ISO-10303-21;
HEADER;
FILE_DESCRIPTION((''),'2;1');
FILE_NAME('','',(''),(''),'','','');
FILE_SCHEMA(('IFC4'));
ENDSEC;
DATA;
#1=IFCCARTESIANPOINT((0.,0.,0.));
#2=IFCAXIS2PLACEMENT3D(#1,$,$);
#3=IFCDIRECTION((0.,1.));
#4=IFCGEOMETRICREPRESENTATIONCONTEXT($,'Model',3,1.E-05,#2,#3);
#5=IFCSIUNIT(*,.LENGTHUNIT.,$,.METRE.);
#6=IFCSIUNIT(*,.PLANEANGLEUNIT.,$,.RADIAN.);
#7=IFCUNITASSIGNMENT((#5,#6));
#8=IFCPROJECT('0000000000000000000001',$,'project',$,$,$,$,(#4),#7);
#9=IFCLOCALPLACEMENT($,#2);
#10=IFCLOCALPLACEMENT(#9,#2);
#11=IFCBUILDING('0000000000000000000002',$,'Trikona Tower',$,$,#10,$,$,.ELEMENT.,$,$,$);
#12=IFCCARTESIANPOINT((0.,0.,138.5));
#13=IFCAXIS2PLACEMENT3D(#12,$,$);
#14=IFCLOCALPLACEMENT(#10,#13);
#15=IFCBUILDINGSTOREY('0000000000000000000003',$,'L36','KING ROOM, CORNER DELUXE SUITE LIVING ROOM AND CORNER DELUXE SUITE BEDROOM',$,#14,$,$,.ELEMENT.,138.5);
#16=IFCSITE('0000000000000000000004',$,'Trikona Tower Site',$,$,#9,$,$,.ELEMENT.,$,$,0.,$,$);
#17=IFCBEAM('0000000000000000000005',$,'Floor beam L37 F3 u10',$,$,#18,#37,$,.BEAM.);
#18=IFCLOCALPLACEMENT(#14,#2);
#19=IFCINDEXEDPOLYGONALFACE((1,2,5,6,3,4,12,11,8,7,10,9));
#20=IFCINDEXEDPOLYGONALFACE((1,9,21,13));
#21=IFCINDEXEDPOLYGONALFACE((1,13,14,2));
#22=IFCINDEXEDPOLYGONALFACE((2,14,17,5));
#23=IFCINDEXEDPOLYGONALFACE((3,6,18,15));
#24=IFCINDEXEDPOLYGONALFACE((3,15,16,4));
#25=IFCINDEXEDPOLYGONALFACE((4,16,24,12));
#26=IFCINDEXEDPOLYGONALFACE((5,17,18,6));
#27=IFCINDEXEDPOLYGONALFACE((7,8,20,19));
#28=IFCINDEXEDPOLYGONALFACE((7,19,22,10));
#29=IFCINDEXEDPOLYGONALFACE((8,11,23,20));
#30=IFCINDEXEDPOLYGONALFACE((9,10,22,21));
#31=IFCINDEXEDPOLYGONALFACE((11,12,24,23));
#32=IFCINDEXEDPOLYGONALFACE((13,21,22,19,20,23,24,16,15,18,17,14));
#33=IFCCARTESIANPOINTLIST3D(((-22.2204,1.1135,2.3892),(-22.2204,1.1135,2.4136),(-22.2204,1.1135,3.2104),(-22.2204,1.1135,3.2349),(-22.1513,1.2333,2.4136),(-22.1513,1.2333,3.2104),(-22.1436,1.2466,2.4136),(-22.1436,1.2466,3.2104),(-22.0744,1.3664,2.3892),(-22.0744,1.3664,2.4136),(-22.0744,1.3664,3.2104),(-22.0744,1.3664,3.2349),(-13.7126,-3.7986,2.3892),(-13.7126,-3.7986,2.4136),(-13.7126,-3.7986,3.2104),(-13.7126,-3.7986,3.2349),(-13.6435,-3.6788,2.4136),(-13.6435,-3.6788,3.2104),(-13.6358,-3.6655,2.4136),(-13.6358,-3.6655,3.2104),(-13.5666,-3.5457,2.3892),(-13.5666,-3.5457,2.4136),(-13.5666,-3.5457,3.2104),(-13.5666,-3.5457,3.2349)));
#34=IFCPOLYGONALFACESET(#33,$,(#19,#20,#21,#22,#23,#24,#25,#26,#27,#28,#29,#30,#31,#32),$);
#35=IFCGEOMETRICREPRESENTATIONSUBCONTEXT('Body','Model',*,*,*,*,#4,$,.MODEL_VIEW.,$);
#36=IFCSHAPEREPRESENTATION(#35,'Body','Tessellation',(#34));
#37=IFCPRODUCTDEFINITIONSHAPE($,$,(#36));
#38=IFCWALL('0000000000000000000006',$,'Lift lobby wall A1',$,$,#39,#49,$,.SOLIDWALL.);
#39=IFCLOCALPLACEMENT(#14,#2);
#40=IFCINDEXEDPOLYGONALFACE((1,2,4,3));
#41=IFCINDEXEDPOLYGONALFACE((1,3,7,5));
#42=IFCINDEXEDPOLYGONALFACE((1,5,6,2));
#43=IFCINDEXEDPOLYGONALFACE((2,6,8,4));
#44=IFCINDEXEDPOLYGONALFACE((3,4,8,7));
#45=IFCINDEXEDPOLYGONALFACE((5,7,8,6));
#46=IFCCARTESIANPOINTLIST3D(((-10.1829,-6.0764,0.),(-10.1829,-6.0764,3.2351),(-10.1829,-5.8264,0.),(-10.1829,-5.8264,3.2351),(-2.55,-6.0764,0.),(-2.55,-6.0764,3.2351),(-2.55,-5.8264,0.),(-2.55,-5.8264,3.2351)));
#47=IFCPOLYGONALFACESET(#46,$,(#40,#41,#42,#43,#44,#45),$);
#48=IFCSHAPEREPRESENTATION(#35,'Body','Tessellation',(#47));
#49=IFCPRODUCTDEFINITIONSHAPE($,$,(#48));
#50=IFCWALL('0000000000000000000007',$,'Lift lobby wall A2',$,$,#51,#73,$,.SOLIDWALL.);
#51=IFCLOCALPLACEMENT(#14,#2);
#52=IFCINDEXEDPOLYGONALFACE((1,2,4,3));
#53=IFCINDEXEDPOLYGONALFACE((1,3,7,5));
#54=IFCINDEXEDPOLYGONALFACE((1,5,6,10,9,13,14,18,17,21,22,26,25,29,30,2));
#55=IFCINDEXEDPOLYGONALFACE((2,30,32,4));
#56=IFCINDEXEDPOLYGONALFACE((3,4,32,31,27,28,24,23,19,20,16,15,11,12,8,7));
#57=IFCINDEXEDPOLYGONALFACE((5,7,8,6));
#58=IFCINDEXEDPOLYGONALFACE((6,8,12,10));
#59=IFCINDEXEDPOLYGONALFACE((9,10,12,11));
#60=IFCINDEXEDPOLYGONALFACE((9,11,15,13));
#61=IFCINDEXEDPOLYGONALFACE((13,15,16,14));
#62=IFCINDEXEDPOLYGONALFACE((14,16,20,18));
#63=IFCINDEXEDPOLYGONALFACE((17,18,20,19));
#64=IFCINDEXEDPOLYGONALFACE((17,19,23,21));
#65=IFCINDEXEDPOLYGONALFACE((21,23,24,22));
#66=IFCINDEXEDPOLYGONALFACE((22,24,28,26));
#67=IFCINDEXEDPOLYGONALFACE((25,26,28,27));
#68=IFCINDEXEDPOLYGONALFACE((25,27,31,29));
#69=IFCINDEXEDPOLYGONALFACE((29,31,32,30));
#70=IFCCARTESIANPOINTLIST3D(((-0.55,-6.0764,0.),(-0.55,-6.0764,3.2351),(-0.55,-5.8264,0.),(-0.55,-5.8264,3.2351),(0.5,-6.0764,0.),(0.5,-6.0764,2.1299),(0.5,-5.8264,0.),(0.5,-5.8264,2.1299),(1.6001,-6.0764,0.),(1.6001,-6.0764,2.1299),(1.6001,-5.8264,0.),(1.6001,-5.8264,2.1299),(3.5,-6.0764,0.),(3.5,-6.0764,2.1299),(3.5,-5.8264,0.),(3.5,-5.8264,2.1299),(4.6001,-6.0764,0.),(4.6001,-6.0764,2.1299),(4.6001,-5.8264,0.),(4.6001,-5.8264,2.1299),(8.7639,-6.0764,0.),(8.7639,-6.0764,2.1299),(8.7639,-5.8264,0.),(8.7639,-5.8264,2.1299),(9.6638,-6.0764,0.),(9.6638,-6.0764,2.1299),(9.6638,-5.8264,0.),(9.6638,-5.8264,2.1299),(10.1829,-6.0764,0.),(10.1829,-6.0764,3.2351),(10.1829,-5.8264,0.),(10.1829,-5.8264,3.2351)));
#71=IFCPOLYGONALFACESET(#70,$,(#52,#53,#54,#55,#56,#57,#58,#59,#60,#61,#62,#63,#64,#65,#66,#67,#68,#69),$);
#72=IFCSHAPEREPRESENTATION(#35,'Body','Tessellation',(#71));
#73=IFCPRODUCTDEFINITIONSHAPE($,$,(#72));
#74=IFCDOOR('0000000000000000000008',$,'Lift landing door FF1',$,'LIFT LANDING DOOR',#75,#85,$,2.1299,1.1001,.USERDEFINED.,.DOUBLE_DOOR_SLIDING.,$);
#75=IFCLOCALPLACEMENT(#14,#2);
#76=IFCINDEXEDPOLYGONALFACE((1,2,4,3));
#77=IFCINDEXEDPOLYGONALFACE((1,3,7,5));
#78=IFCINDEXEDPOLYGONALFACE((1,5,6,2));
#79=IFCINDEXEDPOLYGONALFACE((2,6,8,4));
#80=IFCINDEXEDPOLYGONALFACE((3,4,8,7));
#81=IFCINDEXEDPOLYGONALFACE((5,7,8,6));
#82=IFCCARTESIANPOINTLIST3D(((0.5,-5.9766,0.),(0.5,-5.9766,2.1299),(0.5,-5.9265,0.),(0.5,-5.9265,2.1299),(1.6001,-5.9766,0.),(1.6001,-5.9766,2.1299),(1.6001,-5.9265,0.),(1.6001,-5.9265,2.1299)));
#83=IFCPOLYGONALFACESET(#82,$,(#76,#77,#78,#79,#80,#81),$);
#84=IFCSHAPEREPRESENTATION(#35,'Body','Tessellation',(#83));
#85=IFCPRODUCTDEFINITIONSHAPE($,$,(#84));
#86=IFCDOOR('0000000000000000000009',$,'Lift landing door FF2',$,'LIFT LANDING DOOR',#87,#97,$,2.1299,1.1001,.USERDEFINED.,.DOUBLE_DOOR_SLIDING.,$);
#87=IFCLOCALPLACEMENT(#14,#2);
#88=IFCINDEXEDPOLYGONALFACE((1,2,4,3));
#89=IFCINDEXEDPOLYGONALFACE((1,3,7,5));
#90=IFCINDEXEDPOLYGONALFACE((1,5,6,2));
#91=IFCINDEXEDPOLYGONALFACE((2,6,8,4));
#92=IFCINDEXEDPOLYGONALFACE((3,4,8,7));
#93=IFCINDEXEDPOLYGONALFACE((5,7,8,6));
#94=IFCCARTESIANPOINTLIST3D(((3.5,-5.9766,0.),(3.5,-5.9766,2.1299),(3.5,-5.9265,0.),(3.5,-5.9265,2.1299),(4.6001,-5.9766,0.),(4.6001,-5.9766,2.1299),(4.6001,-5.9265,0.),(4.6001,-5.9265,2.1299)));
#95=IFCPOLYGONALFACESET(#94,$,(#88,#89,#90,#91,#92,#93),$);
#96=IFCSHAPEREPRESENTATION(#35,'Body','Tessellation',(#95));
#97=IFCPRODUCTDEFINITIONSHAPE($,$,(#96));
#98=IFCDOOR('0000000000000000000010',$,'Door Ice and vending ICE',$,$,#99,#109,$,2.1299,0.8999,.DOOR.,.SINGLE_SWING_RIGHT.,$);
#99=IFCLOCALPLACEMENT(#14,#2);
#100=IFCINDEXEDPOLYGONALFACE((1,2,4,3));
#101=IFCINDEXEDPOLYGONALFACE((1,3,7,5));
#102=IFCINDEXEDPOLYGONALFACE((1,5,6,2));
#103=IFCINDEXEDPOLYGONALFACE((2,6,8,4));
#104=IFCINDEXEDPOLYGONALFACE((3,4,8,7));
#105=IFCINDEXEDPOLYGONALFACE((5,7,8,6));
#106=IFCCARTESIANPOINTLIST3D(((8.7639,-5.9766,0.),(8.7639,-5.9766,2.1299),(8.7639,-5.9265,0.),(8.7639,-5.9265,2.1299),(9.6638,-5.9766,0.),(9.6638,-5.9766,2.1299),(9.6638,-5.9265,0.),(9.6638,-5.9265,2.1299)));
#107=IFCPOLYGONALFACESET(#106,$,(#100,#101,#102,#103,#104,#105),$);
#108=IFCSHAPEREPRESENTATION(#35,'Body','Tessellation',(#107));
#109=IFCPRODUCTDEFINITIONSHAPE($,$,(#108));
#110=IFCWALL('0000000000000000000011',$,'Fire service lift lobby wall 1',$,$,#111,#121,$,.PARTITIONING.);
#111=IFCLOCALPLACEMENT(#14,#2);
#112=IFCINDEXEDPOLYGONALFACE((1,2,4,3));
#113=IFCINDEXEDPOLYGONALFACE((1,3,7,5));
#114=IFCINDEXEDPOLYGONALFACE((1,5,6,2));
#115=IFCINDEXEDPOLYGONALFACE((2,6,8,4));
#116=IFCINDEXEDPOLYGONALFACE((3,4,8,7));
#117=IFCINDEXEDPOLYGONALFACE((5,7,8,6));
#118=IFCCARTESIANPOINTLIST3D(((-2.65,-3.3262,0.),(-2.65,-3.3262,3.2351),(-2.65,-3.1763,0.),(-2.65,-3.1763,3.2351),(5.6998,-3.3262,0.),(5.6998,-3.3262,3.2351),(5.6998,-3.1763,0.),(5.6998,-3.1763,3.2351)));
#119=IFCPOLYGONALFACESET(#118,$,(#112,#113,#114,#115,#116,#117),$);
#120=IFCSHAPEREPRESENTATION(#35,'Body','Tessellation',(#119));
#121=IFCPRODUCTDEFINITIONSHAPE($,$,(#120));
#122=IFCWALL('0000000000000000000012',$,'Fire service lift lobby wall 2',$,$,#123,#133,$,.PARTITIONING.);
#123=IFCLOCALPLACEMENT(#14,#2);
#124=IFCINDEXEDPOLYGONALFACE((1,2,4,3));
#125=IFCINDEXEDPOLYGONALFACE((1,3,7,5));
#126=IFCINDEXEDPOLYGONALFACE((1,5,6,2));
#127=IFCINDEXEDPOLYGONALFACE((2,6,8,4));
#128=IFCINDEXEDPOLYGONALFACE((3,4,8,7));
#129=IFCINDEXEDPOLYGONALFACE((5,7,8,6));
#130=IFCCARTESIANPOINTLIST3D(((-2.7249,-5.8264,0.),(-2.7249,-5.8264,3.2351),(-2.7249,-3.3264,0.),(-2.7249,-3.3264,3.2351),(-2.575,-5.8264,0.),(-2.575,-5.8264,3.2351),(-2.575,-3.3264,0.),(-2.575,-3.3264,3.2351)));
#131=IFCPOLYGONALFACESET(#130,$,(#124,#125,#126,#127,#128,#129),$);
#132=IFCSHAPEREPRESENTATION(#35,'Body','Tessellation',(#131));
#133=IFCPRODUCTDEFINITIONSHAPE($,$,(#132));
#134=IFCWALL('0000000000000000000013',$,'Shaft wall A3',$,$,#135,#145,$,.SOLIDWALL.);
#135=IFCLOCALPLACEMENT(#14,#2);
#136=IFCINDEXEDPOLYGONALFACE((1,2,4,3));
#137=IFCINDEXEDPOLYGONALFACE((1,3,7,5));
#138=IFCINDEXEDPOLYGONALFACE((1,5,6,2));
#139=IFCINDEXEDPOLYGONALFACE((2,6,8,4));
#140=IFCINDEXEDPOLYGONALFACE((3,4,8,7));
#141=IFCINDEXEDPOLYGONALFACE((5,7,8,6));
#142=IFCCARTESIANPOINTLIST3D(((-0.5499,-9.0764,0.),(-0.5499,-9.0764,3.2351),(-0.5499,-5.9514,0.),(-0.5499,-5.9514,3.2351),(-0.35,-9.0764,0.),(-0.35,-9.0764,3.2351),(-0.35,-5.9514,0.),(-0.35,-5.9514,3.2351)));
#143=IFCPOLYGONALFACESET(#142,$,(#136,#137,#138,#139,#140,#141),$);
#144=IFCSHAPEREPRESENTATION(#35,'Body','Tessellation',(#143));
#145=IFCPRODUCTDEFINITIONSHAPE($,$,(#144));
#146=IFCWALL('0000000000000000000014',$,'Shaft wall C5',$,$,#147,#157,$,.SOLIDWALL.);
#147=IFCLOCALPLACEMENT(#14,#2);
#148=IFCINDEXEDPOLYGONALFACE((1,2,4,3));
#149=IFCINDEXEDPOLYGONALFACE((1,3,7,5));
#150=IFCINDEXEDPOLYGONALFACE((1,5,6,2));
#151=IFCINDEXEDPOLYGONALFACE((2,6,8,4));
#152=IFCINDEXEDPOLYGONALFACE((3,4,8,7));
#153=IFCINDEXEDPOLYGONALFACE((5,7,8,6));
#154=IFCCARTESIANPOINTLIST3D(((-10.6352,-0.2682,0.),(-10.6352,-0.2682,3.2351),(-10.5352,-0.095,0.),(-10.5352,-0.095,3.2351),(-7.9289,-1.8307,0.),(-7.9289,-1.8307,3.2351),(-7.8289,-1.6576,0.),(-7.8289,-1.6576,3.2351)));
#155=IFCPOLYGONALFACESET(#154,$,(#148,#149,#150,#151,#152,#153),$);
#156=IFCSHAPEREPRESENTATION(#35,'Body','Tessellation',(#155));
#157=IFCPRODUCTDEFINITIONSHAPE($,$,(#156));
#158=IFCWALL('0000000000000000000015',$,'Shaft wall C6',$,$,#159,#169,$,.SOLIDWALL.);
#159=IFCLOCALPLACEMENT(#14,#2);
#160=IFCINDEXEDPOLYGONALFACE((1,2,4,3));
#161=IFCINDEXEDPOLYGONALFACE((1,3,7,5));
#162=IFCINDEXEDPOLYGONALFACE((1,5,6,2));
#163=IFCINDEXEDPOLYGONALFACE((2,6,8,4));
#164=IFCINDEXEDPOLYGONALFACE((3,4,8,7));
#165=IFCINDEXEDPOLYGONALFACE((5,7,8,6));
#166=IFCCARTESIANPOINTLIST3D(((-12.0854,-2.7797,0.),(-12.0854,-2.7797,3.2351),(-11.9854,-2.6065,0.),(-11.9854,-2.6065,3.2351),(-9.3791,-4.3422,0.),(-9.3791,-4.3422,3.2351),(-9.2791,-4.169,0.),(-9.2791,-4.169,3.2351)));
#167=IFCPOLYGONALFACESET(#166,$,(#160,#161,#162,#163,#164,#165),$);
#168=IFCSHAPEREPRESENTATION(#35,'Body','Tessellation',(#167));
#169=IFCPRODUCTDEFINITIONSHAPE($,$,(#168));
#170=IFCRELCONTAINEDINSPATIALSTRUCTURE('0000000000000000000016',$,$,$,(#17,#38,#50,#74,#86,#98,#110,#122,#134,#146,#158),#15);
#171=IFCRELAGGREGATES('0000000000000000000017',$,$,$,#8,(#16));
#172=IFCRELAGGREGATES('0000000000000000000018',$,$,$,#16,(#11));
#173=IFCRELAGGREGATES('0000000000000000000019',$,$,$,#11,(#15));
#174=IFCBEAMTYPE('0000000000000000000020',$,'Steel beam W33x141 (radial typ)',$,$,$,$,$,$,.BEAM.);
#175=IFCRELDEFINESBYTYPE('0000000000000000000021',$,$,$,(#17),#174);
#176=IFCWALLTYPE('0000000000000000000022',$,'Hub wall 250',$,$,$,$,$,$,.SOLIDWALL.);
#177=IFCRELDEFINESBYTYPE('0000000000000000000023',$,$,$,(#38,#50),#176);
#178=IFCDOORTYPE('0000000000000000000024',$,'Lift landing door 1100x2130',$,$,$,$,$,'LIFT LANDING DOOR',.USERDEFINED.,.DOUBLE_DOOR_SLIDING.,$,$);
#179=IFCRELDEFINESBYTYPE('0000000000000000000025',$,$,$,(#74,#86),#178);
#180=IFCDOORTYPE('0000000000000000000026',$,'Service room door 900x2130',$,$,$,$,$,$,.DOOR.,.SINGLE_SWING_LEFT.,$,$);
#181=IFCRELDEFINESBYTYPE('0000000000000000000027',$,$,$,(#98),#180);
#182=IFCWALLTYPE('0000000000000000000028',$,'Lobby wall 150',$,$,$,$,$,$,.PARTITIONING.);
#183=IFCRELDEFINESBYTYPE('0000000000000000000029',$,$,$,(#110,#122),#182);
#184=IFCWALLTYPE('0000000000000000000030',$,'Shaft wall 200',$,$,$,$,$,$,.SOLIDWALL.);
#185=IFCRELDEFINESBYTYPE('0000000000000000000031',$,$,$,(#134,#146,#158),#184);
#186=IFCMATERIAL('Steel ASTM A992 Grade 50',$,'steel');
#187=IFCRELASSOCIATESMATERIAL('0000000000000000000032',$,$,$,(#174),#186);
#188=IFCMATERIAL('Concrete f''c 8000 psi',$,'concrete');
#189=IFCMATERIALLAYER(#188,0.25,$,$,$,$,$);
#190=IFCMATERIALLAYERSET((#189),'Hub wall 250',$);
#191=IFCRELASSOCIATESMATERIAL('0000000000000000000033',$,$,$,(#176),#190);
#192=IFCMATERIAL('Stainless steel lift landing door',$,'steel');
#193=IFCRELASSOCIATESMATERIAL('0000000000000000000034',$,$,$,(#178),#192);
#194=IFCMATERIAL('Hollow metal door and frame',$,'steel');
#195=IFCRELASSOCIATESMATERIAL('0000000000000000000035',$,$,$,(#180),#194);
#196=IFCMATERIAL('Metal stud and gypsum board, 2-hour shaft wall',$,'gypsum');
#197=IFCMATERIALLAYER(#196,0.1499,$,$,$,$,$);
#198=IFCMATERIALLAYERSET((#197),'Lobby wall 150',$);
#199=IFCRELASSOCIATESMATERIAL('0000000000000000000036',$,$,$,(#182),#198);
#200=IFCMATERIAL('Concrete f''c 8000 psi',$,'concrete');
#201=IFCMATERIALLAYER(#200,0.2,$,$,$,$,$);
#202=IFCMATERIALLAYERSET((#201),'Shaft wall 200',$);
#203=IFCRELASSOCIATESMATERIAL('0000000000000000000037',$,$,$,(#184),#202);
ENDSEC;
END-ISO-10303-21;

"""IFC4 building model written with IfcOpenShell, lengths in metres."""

from ifc_helpers import new_model, si_unit, direction, frame, frame_2d, origin, origin_2d, place, context, subcontext, project, spatial, rectangle, i_section, extrude, material, layer, layer_set, material_profile, profile_set, type_object, element, fill, save


model = new_model("IFC4")

# Units and contexts
model_context = context("Model", 3, precision=1e-05, world=origin(), true_north=direction((0.0, 1.0)))
body_context = subcontext(model_context, "Body", "Model", "MODEL_VIEW")
ifc_project = project(units=[si_unit("LENGTHUNIT", "METRE"), si_unit("PLANEANGLEUNIT", "RADIAN")], contexts=[model_context])

# Site, building, storey
site_placement = place(None, origin())
site = spatial("IfcSite", under=ifc_project, at=site_placement, Name="Trikona Tower Site", CompositionType="ELEMENT", RefElevation=0.0)
building_placement = place(site_placement, origin())
building = spatial("IfcBuilding", under=site, at=building_placement, Name="Trikona Tower", CompositionType="ELEMENT")
storey_placement = place(building_placement, frame((0.0, 0.0, 138.5)))
storey = spatial("IfcBuildingStorey", under=building, at=storey_placement, Name="L36", Description="KING ROOM, CORNER DELUXE SUITE LIVING ROOM AND CORNER DELUXE SUITE BEDROOM", CompositionType="ELEMENT", Elevation=138.5)

# Beam
ifc_material_1 = material(Name="Steel ASTM A992 Grade 50", Category="steel")
ifc_material_profile = material_profile(ifc_material_1, i_section(OverallWidth=0.292, OverallDepth=0.8457, WebThickness=0.0154, FlangeThickness=0.0244, at=origin_2d()), Name="W33X141")
ifc_profile_set = profile_set([ifc_material_profile], Name="Steel ASTM A992 Grade 50")
beam_type = type_object("IfcBeamType", Name="Steel beam W33x141 (radial typ)", PredefinedType="BEAM", material=ifc_profile_set)
beam_placement = place(storey_placement, frame((-13.6396, -3.6721, 2.812), z_axis=(-0.86602, 0.500009, 0.0), x_axis=(-0.500009, -0.86602, 0.0)))
element("IfcBeam", 1, at=beam_placement, inside=storey, type_object=beam_type, Name="Floor beam L37 F3 u10", PredefinedType="BEAM", context=body_context, shape_type="SweptSolid", body=[
    extrude(i_section(OverallWidth=0.292, OverallDepth=0.8457, WebThickness=0.0154, FlangeThickness=0.0244, at=origin_2d()), origin(), (0.0, 0.0, 1.0), 9.824),
])

# Wall
ifc_material_2 = material(Name="Concrete f'c 8000 psi", Category="concrete")
ifc_layer_1 = layer(ifc_material_2, 0.25)
ifc_layer_set_1 = layer_set([ifc_layer_1], Name="Hub wall 250")
wall_type_1 = type_object("IfcWallType", Name="Hub wall 250", PredefinedType="SOLIDWALL", material=ifc_layer_set_1)
wall_1_placement = place(storey_placement, frame((-10.1829, -5.9514, 0.0), z_axis=(0.0, 0.0, 1.0), x_axis=(1.0, 0.0, 0.0)))
element("IfcWall", 2, at=wall_1_placement, inside=storey, type_object=wall_type_1, Name="Lift lobby wall A1", PredefinedType="SOLIDWALL", context=body_context, shape_type="SweptSolid", body=[
    extrude(rectangle(XDim=7.6328, YDim=0.25, at=frame_2d((3.8164, 0.0))), origin(), (0.0, 0.0, 1.0), 3.2351),
])

# Wall, openings, doors
wall_2_placement = place(storey_placement, frame((-0.55, -5.9514, 0.0), z_axis=(0.0, 0.0, 1.0), x_axis=(1.0, 0.0, 0.0)))
wall_2 = element("IfcWall", 3, at=wall_2_placement, inside=storey, type_object=wall_type_1, Name="Lift lobby wall A2", PredefinedType="SOLIDWALL", context=body_context, shape_type="SweptSolid", body=[
    extrude(rectangle(XDim=10.7329, YDim=0.25, at=frame_2d((5.3665, 0.0))), origin(), (0.0, 0.0, 1.0), 3.2351),
])
opening_1_placement = place(wall_2_placement, frame((9.314, 0.0, 0.0)))
opening_1 = element("IfcOpeningElement", 4, at=opening_1_placement, cuts=wall_2, PredefinedType="OPENING", context=body_context, shape_type="SweptSolid", body=[
    extrude(rectangle(XDim=0.8999, YDim=2.1299, at=frame_2d((0.45, 1.0649))), frame((0.0, 0.135, 0.0), z_axis=(0.0, -1.0, 0.0), x_axis=(1.0, 0.0, 0.0)), (0.0, 0.0, 1.0), 0.27),
])
opening_2_placement = place(wall_2_placement, frame((1.05, 0.0, 0.0)))
opening_2 = element("IfcOpeningElement", 5, at=opening_2_placement, cuts=wall_2, PredefinedType="OPENING", context=body_context, shape_type="SweptSolid", body=[
    extrude(rectangle(XDim=1.1001, YDim=2.1299, at=frame_2d((0.55, 1.0649))), frame((0.0, 0.135, 0.0), z_axis=(0.0, -1.0, 0.0), x_axis=(1.0, 0.0, 0.0)), (0.0, 0.0, 1.0), 0.27),
])
opening_3_placement = place(wall_2_placement, frame((4.05, 0.0, 0.0)))
opening_3 = element("IfcOpeningElement", 6, at=opening_3_placement, cuts=wall_2, PredefinedType="OPENING", context=body_context, shape_type="SweptSolid", body=[
    extrude(rectangle(XDim=1.1001, YDim=2.1299, at=frame_2d((0.55, 1.0649))), frame((0.0, 0.135, 0.0), z_axis=(0.0, -1.0, 0.0), x_axis=(1.0, 0.0, 0.0)), (0.0, 0.0, 1.0), 0.27),
])
ifc_material_3 = material(Name="Stainless steel lift landing door", Category="steel")
door_type_1 = type_object("IfcDoorType", Name="Lift landing door 1100x2130", ElementType="LIFT LANDING DOOR", OperationType="DOUBLE_DOOR_SLIDING", PredefinedType="USERDEFINED", material=ifc_material_3)
door_1_placement = place(opening_2_placement, origin())
door_1 = element("IfcDoor", 7, at=door_1_placement, inside=storey, type_object=door_type_1, Name="Lift landing door FF1", ObjectType="LIFT LANDING DOOR", OperationType="DOUBLE_DOOR_SLIDING", OverallHeight=2.1299, OverallWidth=1.1001, PredefinedType="USERDEFINED", context=body_context, shape_type="SweptSolid", body=[
    extrude(rectangle(XDim=1.1001, YDim=2.1299, at=frame_2d((0.55, 1.0649))), frame((0.0, 0.0249, 0.0), z_axis=(0.0, -1.0, 0.0), x_axis=(1.0, 0.0, 0.0)), (0.0, 0.0, 1.0), 0.05),
])
fill(opening_2, door_1)
door_2_placement = place(opening_3_placement, origin())
door_2 = element("IfcDoor", 8, at=door_2_placement, inside=storey, type_object=door_type_1, Name="Lift landing door FF2", ObjectType="LIFT LANDING DOOR", OperationType="DOUBLE_DOOR_SLIDING", OverallHeight=2.1299, OverallWidth=1.1001, PredefinedType="USERDEFINED", context=body_context, shape_type="SweptSolid", body=[
    extrude(rectangle(XDim=1.1001, YDim=2.1299, at=frame_2d((0.55, 1.0649))), frame((0.0, 0.0249, 0.0), z_axis=(0.0, -1.0, 0.0), x_axis=(1.0, 0.0, 0.0)), (0.0, 0.0, 1.0), 0.05),
])
fill(opening_3, door_2)
ifc_material_4 = material(Name="Hollow metal door and frame", Category="steel")
door_type_2 = type_object("IfcDoorType", Name="Service room door 900x2130", OperationType="SINGLE_SWING_LEFT", PredefinedType="DOOR", material=ifc_material_4)
door_3_placement = place(opening_1_placement, origin())
door_3 = element("IfcDoor", 9, at=door_3_placement, inside=storey, type_object=door_type_2, Name="Door Ice and vending ICE", OperationType="SINGLE_SWING_RIGHT", OverallHeight=2.1299, OverallWidth=0.8999, PredefinedType="DOOR", context=body_context, shape_type="SweptSolid", body=[
    extrude(rectangle(XDim=0.8999, YDim=2.1299, at=frame_2d((0.45, 1.0649))), frame((0.0, 0.0249, 0.0), z_axis=(0.0, -1.0, 0.0), x_axis=(1.0, 0.0, 0.0)), (0.0, 0.0, 1.0), 0.05),
])
fill(opening_1, door_3)

# Walls
ifc_material_5 = material(Name="Metal stud and gypsum board, 2-hour shaft wall", Category="gypsum")
ifc_layer_2 = layer(ifc_material_5, 0.1499)
ifc_layer_set_2 = layer_set([ifc_layer_2], Name="Lobby wall 150")
wall_type_2 = type_object("IfcWallType", Name="Lobby wall 150", PredefinedType="PARTITIONING", material=ifc_layer_set_2)
wall_3_placement = place(storey_placement, frame((-2.6499, -3.2512, 0.0), z_axis=(0.0, 0.0, 1.0), x_axis=(1.0, 0.0, 0.0)))
element("IfcWall", 10, at=wall_3_placement, inside=storey, type_object=wall_type_2, Name="Fire service lift lobby wall 1", PredefinedType="PARTITIONING", context=body_context, shape_type="SweptSolid", body=[
    extrude(rectangle(XDim=8.3499, YDim=0.1499, at=frame_2d((4.1748, 0.0))), origin(), (0.0, 0.0, 1.0), 3.2351),
])
wall_4_placement = place(storey_placement, frame((-2.6499, -5.8264, 0.0), z_axis=(0.0, 0.0, 1.0), x_axis=(0.0, 1.0, 0.0)))
element("IfcWall", 11, at=wall_4_placement, inside=storey, type_object=wall_type_2, Name="Fire service lift lobby wall 2", PredefinedType="PARTITIONING", context=body_context, shape_type="SweptSolid", body=[
    extrude(rectangle(XDim=2.5, YDim=0.1499, at=frame_2d((1.25, 0.0))), origin(), (0.0, 0.0, 1.0), 3.2351),
])
ifc_material_6 = material(Name="Concrete f'c 8000 psi", Category="concrete")
ifc_layer_3 = layer(ifc_material_6, 0.2)
ifc_layer_set_3 = layer_set([ifc_layer_3], Name="Shaft wall 200")
wall_type_3 = type_object("IfcWallType", Name="Shaft wall 200", PredefinedType="SOLIDWALL", material=ifc_layer_set_3)
for number, where, z_axis, x_axis, name in (
    (12, (-0.45, -5.9514, 0.0), (0.0, 0.0, 1.0), (0.0, -1.0, 0.0), "Shaft wall A3"),
    (13, (-7.8789, -1.7441, 0.0), (0.0, 0.0, 1.0), (-0.866023, 0.500004, 0.0), "Shaft wall C5"),
    (14, (-9.3291, -4.2556, 0.0), (0.0, 0.0, 1.0), (-0.866023, 0.500004, 0.0), "Shaft wall C6"),
):
    element("IfcWall", number, at=place(storey_placement, frame(where, z_axis=z_axis, x_axis=x_axis)), inside=storey, type_object=wall_type_3, Name=name, PredefinedType="SOLIDWALL", context=body_context, shape_type="SweptSolid", body=[
        extrude(rectangle(XDim=3.125, YDim=0.2, at=frame_2d((1.5625, 0.0))), origin(), (0.0, 0.0, 1.0), 3.2351),
    ])

save(model, "model.ifc")
